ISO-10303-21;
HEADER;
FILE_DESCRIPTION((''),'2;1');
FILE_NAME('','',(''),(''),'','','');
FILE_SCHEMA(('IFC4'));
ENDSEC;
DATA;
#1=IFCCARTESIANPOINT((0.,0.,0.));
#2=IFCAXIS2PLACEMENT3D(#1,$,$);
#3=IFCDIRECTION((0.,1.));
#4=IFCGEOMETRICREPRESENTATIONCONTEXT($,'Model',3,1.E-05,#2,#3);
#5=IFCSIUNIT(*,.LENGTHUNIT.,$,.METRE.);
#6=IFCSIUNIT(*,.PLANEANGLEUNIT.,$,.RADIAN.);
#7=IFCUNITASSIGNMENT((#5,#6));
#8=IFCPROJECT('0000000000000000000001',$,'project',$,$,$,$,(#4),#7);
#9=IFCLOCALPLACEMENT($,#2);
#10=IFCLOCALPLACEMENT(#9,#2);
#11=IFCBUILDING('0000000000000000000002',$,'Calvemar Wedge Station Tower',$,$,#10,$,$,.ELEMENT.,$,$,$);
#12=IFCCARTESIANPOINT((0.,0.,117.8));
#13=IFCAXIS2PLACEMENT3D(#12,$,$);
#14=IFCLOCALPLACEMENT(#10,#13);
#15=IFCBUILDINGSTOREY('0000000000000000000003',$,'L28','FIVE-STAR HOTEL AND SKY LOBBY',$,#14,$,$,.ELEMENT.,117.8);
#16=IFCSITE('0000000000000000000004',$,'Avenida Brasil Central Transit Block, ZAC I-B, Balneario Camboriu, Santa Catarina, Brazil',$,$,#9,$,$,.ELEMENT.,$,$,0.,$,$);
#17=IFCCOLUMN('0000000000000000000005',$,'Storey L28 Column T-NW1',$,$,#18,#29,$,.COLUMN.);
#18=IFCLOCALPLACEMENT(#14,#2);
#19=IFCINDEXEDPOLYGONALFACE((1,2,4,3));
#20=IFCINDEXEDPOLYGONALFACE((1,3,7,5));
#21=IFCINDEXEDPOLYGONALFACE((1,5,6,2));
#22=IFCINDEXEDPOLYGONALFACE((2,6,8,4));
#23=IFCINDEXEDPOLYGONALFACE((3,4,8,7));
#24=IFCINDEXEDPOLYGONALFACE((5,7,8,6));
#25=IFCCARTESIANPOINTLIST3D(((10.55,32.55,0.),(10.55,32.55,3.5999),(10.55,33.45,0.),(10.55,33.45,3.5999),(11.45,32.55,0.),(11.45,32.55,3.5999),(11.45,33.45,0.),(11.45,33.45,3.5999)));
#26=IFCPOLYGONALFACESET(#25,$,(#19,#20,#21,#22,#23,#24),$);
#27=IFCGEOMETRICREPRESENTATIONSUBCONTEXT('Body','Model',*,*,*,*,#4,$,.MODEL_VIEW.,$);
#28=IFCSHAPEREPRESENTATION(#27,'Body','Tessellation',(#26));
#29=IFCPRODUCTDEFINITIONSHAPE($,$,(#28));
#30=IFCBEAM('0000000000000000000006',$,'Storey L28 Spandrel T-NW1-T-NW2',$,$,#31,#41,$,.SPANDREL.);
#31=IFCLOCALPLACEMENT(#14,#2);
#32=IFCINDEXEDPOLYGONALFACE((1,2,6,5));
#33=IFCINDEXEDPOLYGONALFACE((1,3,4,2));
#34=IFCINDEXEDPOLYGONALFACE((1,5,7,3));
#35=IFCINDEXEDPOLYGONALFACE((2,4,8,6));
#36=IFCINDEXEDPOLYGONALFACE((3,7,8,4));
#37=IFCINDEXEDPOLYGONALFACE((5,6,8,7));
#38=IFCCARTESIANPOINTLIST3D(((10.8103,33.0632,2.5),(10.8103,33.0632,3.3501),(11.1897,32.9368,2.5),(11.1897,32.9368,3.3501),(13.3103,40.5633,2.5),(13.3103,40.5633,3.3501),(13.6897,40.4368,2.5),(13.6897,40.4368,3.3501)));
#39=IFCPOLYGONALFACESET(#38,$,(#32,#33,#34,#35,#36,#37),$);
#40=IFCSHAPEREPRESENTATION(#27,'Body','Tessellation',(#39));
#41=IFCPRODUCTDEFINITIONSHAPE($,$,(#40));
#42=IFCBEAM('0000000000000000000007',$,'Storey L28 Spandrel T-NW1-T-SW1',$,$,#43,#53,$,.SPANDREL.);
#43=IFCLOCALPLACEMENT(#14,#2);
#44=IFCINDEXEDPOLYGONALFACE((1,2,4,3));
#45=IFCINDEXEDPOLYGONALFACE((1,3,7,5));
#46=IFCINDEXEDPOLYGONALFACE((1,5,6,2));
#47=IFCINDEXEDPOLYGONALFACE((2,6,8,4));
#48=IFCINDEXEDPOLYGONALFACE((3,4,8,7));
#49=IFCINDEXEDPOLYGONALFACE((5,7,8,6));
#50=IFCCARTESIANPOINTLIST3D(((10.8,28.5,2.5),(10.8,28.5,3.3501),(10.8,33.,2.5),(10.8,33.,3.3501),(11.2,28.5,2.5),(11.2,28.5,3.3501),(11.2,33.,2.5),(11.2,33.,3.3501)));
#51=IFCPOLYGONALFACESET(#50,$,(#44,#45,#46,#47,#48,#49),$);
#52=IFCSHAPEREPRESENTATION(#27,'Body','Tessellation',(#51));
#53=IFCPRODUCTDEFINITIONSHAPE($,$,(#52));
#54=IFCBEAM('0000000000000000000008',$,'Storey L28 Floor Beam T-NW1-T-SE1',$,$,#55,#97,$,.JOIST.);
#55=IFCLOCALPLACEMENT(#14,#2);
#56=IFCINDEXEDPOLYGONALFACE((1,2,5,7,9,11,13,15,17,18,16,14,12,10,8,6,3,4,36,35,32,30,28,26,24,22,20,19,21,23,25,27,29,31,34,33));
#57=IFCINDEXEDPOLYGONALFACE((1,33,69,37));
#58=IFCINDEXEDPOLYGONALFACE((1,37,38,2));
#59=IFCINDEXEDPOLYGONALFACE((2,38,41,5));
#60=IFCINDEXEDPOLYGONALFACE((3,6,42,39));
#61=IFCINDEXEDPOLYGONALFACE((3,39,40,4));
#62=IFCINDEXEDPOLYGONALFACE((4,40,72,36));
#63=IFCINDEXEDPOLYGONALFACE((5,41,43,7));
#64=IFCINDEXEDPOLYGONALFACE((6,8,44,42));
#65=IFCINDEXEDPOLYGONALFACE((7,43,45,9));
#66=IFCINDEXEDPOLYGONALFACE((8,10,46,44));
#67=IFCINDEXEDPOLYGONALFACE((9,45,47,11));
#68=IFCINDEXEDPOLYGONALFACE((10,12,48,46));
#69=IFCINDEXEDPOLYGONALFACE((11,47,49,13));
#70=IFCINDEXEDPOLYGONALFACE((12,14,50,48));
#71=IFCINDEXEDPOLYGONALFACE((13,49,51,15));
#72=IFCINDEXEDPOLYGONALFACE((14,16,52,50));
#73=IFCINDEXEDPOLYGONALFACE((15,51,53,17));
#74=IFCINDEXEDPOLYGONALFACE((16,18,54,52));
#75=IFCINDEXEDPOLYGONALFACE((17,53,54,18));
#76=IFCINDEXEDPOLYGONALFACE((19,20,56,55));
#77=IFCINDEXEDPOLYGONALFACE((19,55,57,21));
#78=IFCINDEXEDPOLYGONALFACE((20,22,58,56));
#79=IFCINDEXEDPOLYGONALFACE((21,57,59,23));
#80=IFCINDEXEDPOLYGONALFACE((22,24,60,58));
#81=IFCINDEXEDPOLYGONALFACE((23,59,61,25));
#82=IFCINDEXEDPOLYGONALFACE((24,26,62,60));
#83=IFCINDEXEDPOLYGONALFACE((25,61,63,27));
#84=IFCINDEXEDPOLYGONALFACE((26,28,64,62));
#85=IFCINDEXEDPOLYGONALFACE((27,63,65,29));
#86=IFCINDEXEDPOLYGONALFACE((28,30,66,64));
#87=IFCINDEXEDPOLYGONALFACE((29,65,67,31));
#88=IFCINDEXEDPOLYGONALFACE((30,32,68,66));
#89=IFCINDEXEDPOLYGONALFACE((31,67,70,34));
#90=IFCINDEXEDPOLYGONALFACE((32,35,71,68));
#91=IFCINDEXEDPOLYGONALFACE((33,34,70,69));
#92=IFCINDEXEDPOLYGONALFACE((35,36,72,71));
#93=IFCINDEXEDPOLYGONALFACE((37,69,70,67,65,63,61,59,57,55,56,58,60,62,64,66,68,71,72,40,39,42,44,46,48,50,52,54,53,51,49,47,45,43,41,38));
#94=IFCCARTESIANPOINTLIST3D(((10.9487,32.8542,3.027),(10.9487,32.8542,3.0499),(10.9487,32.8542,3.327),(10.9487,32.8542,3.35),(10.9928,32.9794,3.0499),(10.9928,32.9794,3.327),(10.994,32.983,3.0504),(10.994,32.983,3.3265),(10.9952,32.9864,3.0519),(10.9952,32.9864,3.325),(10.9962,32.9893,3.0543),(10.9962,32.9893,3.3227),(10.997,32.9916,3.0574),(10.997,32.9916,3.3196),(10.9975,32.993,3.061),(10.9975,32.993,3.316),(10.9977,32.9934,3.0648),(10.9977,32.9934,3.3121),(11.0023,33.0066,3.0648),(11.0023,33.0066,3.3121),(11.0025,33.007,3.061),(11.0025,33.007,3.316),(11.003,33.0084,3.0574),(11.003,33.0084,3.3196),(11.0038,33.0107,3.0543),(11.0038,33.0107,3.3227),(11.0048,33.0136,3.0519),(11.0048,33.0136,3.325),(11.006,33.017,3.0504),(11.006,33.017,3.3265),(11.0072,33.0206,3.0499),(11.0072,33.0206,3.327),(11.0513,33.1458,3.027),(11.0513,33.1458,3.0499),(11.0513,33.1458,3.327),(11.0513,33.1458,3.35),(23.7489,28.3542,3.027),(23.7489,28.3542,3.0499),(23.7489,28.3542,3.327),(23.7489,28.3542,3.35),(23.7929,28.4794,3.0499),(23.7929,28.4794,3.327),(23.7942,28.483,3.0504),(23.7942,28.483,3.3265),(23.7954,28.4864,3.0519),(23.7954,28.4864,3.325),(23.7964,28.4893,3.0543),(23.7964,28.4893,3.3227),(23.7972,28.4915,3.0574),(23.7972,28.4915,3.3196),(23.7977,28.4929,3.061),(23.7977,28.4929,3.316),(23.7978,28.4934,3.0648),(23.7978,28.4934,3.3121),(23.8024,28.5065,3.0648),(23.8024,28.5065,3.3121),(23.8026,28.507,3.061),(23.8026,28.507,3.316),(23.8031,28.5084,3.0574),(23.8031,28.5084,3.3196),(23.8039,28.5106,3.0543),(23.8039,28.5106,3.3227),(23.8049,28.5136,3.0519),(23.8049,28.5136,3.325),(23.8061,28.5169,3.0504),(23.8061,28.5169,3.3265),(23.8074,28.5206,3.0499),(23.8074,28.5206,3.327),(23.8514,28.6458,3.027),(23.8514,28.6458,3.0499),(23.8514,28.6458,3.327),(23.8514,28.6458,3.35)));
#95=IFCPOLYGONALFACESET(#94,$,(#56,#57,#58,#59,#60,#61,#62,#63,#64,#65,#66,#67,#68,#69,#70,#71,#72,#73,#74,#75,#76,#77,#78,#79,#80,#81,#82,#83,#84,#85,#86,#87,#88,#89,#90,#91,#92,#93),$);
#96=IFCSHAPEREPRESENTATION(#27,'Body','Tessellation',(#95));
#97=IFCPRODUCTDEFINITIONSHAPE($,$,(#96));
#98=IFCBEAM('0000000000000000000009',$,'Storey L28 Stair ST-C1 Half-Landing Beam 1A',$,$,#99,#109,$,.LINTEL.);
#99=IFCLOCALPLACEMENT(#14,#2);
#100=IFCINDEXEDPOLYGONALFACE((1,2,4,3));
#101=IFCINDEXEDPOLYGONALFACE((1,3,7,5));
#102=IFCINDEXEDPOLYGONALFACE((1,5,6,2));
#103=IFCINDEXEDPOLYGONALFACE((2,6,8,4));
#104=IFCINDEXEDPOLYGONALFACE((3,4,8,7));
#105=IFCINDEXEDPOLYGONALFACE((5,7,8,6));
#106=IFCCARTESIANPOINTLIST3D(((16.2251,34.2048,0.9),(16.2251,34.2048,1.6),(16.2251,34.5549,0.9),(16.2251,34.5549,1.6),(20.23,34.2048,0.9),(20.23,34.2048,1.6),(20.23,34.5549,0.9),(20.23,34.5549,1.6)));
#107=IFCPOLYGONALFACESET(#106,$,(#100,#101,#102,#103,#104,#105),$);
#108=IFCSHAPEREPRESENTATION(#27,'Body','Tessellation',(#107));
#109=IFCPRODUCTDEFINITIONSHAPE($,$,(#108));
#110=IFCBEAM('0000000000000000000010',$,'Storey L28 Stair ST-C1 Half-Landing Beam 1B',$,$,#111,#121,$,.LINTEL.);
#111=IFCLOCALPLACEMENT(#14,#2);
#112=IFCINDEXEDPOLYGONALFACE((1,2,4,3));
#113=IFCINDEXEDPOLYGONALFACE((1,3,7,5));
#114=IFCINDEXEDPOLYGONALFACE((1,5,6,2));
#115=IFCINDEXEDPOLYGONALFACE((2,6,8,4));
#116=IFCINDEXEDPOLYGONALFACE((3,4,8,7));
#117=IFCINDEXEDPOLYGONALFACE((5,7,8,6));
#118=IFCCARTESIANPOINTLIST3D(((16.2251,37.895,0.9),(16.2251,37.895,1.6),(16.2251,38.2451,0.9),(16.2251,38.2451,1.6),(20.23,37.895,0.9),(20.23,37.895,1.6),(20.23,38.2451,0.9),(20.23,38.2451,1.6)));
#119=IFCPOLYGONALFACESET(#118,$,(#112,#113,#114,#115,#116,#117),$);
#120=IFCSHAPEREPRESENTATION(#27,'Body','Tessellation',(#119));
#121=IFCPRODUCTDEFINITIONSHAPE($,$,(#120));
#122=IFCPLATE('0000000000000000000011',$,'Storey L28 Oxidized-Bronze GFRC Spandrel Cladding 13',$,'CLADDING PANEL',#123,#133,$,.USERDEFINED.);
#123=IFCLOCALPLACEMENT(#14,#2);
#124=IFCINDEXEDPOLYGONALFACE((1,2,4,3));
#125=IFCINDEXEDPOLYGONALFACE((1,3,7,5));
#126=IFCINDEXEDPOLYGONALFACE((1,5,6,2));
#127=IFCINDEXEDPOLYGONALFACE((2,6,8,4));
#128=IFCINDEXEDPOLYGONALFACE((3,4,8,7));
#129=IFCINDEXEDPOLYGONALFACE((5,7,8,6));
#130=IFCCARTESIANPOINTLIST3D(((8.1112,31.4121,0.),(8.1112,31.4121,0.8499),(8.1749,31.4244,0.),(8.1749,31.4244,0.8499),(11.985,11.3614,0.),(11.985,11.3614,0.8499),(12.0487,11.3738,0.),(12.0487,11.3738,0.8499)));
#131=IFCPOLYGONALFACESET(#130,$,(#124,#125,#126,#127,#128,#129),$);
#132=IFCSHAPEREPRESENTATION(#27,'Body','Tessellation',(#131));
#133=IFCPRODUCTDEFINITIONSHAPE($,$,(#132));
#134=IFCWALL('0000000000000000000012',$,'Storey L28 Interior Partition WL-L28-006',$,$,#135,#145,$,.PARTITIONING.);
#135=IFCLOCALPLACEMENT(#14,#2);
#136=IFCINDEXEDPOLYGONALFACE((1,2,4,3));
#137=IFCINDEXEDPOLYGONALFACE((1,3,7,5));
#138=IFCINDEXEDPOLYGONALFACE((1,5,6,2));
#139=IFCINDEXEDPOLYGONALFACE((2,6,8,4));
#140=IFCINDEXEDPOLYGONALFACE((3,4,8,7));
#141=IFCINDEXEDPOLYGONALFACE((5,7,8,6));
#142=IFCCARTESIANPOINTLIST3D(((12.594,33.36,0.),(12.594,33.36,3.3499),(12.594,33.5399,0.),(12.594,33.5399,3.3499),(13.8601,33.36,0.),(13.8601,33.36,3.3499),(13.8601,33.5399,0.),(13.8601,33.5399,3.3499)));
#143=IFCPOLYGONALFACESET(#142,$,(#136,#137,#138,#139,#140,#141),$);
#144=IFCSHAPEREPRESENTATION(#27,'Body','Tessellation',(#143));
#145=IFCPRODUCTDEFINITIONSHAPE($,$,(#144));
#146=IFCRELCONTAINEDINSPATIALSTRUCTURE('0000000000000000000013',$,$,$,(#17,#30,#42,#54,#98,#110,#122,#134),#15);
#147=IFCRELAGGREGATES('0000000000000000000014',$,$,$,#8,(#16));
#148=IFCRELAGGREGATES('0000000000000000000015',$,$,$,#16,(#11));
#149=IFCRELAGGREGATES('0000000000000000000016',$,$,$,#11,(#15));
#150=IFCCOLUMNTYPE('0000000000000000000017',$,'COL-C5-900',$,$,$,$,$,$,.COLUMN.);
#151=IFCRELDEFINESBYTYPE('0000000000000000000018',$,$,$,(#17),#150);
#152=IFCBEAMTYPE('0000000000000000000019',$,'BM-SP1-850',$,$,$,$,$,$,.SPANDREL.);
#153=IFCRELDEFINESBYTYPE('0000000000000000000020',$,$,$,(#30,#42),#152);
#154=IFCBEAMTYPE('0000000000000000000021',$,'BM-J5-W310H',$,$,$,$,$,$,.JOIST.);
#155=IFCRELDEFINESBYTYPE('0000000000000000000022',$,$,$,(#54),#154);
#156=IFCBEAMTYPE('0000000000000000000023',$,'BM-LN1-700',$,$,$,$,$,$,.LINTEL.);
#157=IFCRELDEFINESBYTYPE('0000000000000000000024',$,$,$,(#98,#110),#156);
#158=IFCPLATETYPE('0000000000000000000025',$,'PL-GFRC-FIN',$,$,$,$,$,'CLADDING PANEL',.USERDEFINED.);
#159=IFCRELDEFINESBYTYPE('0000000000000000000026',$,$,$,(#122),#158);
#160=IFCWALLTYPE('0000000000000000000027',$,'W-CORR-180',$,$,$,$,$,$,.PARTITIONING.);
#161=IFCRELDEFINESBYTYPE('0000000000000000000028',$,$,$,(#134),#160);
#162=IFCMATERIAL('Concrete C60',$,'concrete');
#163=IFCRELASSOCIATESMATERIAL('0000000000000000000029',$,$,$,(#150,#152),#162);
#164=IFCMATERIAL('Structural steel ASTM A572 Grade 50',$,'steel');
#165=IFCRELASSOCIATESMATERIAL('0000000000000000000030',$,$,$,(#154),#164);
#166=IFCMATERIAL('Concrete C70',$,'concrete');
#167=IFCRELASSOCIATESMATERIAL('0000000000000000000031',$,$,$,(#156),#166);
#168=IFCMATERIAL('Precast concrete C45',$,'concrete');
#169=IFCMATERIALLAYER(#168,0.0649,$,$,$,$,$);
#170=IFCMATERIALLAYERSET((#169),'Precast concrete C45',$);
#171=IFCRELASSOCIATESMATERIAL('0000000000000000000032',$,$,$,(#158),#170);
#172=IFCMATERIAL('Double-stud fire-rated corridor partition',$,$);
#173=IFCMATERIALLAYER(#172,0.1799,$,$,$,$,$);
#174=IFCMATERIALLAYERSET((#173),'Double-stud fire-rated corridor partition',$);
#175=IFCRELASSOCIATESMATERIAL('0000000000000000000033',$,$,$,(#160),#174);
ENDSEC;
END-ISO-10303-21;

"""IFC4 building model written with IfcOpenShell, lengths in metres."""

from ifc_helpers import new_model, si_unit, direction, frame, frame_2d, origin, origin_2d, place, context, subcontext, project, spatial, rectangle, i_section, extrude, source, transform, mapped, material, layer, layer_set, material_profile, profile_set, type_object, element, save


model = new_model("IFC4")

# Units and contexts
model_context = context("Model", 3, precision=1e-05, world=origin(), true_north=direction((0.0, 1.0)))
body_context = subcontext(model_context, "Body", "Model", "MODEL_VIEW")
ifc_project = project(units=[si_unit("LENGTHUNIT", "METRE"), si_unit("PLANEANGLEUNIT", "RADIAN")], contexts=[model_context])

# Site, building, storey
site_placement = place(None, origin())
site = spatial("IfcSite", under=ifc_project, at=site_placement, Name="Avenida Brasil Central Transit Block, ZAC I-B, Balneario Camboriu, Santa Catarina, Brazil", CompositionType="ELEMENT", RefElevation=0.0)
building_placement = place(site_placement, origin())
building = spatial("IfcBuilding", under=site, at=building_placement, Name="Calvemar Wedge Station Tower", CompositionType="ELEMENT")
storey_placement = place(building_placement, frame((0.0, 0.0, 117.8)))
storey = spatial("IfcBuildingStorey", under=building, at=storey_placement, Name="L28", Description="FIVE-STAR HOTEL AND SKY LOBBY", CompositionType="ELEMENT", Elevation=117.8)

# Column
ifc_material_1 = material(Name="Concrete C60", Category="concrete")
ifc_material_profile_1 = material_profile(ifc_material_1, rectangle(XDim=0.8999, YDim=0.8999, at=origin_2d()), Name="RC900x900")
ifc_profile_set_1 = profile_set([ifc_material_profile_1], Name="Concrete C60")
column_type = type_object("IfcColumnType", Name="COL-C5-900", PredefinedType="COLUMN", material=ifc_profile_set_1)
shared_shape_1 = source(origin(), body_context, "Body", "SweptSolid", [
    extrude(rectangle(XDim=0.8999, YDim=0.8999, at=origin_2d()), origin(), (0.0, 0.0, 1.0), 3.5999),
])
column_placement = place(storey_placement, frame((11.0, 33.0, 0.0), z_axis=(0.0, 0.0, 1.0), x_axis=(1.0, 0.0, 0.0)))
element("IfcColumn", 1, at=column_placement, inside=storey, type_object=column_type, Name="Storey L28 Column T-NW1", PredefinedType="COLUMN", context=body_context, shape_type="MappedRepresentation", body=[
    mapped(shared_shape_1, transform((0.0, 0.0, 0.0), scale=1.0)),
])

# Beams
ifc_material_profile_2 = material_profile(ifc_material_1, rectangle(XDim=0.3999, YDim=0.8501, at=origin_2d()), Name="RC400x850")
ifc_profile_set_2 = profile_set([ifc_material_profile_2], Name="Concrete C60")
beam_type_1 = type_object("IfcBeamType", Name="BM-SP1-850", PredefinedType="SPANDREL", material=ifc_profile_set_2)
shared_shape_2 = source(origin(), body_context, "Body", "SweptSolid", [
    extrude(rectangle(XDim=0.3999, YDim=0.8501, at=origin_2d()), origin(), (0.0, 0.0, 1.0), 7.9058),
])
beam_1_placement = place(storey_placement, frame((11.0, 33.0, 2.925), z_axis=(0.316228, 0.948683, 0.0), x_axis=(-0.948683, 0.316228, 0.0)))
element("IfcBeam", 2, at=beam_1_placement, inside=storey, type_object=beam_type_1, Name="Storey L28 Spandrel T-NW1-T-NW2", PredefinedType="SPANDREL", context=body_context, shape_type="MappedRepresentation", body=[
    mapped(shared_shape_2, transform((0.0, 0.0, 0.0), scale=1.0)),
])
shared_shape_3 = source(origin(), body_context, "Body", "SweptSolid", [
    extrude(rectangle(XDim=0.3999, YDim=0.8501, at=origin_2d()), origin(), (0.0, 0.0, 1.0), 4.5),
])
beam_2_placement = place(storey_placement, frame((11.0, 33.0, 2.925), z_axis=(0.0, -1.0, 0.0), x_axis=(1.0, 0.0, 0.0)))
element("IfcBeam", 3, at=beam_2_placement, inside=storey, type_object=beam_type_1, Name="Storey L28 Spandrel T-NW1-T-SW1", PredefinedType="SPANDREL", context=body_context, shape_type="MappedRepresentation", body=[
    mapped(shared_shape_3, transform((0.0, 0.0, 0.0), scale=1.0)),
])
ifc_material_2 = material(Name="Structural steel ASTM A572 Grade 50", Category="steel")
ifc_material_profile_3 = material_profile(ifc_material_2, i_section(OverallWidth=0.3091, OverallDepth=0.323, WebThickness=0.0139, FlangeThickness=0.0229, FilletRadius=0.0149, at=origin_2d()), Name="W310x143")
ifc_profile_set_3 = profile_set([ifc_material_profile_3], Name="Structural steel ASTM A572 Grade 50")
beam_type_2 = type_object("IfcBeamType", Name="BM-J5-W310H", PredefinedType="JOIST", material=ifc_profile_set_3)
shared_shape_4 = source(origin(), body_context, "Body", "SweptSolid", [
    extrude(i_section(OverallWidth=0.3091, OverallDepth=0.323, WebThickness=0.0139, FlangeThickness=0.0229, FilletRadius=0.0149, at=origin_2d()), origin(), (0.0, 0.0, 1.0), 13.5681),
])
beam_3_placement = place(storey_placement, frame((11.0, 33.0, 3.1885), z_axis=(0.943398, -0.331662, 0.0), x_axis=(0.331662, 0.943398, 0.0)))
element("IfcBeam", 4, at=beam_3_placement, inside=storey, type_object=beam_type_2, Name="Storey L28 Floor Beam T-NW1-T-SE1", PredefinedType="JOIST", context=body_context, shape_type="MappedRepresentation", body=[
    mapped(shared_shape_4, transform((0.0, 0.0, 0.0), scale=1.0)),
])
ifc_material_3 = material(Name="Concrete C70", Category="concrete")
ifc_material_profile_4 = material_profile(ifc_material_3, rectangle(XDim=0.3501, YDim=0.7, at=origin_2d()), Name="RC350x700")
ifc_profile_set_4 = profile_set([ifc_material_profile_4], Name="Concrete C70")
beam_type_3 = type_object("IfcBeamType", Name="BM-LN1-700", PredefinedType="LINTEL", material=ifc_profile_set_4)
shared_shape_5 = source(origin(), body_context, "Body", "SweptSolid", [
    extrude(rectangle(XDim=0.3501, YDim=0.7, at=origin_2d()), origin(), (0.0, 0.0, 1.0), 4.0049),
])
for number, where, z_axis, x_axis, name in (
    (5, (16.2251, 34.3799, 1.25), (1.0, 0.0, 0.0), (0.0, 1.0, 0.0), "Storey L28 Stair ST-C1 Half-Landing Beam 1A"),
    (6, (16.2251, 38.0701, 1.25), (1.0, 0.0, 0.0), (0.0, 1.0, 0.0), "Storey L28 Stair ST-C1 Half-Landing Beam 1B"),
):
    element("IfcBeam", number, at=place(storey_placement, frame(where, z_axis=z_axis, x_axis=x_axis)), inside=storey, type_object=beam_type_3, Name=name, PredefinedType="LINTEL", context=body_context, shape_type="MappedRepresentation", body=[
        mapped(shared_shape_5, transform((0.0, 0.0, 0.0), scale=1.0)),
    ])

# Plate
ifc_material_4 = material(Name="Precast concrete C45", Category="concrete")
ifc_layer_1 = layer(ifc_material_4, 0.0649)
ifc_layer_set_1 = layer_set([ifc_layer_1], Name="Precast concrete C45")
plate_type = type_object("IfcPlateType", Name="PL-GFRC-FIN", ElementType="CLADDING PANEL", PredefinedType="USERDEFINED", material=ifc_layer_set_1)
plate_placement = place(storey_placement, frame((8.1431, 31.4182, 0.0), z_axis=(0.0, 0.0, 1.0), x_axis=(0.189693, -0.981843, 0.0)))
element("IfcPlate", 7, at=plate_placement, inside=storey, type_object=plate_type, Name="Storey L28 Oxidized-Bronze GFRC Spandrel Cladding 13", ObjectType="CLADDING PANEL", PredefinedType="USERDEFINED", context=body_context, shape_type="SweptSolid", body=[
    extrude(rectangle(XDim=20.4214, YDim=0.0649, at=frame_2d((10.2107, 0.0))), origin(), (0.0, 0.0, 1.0), 0.8499),
])

# Wall
ifc_material_5 = material(Name="Double-stud fire-rated corridor partition")
ifc_layer_2 = layer(ifc_material_5, 0.1799)
ifc_layer_set_2 = layer_set([ifc_layer_2], Name="Double-stud fire-rated corridor partition")
wall_type_1 = type_object("IfcWallType", Name="W-CORR-180", PredefinedType="PARTITIONING", material=ifc_layer_set_2)
wall_1_placement = place(storey_placement, frame((12.594, 33.45, 0.0), z_axis=(0.0, 0.0, 1.0), x_axis=(1.0, 0.0, 0.0)))
element("IfcWall", 8, at=wall_1_placement, inside=storey, type_object=wall_type_1, Name="Storey L28 Interior Partition WL-L28-006", PredefinedType="PARTITIONING", context=body_context, shape_type="SweptSolid", body=[
    extrude(rectangle(XDim=1.2661, YDim=0.1799, at=frame_2d((0.6331, 0.0))), origin(), (0.0, 0.0, 1.0), 3.3499),
])

save(model, "model.ifc")
